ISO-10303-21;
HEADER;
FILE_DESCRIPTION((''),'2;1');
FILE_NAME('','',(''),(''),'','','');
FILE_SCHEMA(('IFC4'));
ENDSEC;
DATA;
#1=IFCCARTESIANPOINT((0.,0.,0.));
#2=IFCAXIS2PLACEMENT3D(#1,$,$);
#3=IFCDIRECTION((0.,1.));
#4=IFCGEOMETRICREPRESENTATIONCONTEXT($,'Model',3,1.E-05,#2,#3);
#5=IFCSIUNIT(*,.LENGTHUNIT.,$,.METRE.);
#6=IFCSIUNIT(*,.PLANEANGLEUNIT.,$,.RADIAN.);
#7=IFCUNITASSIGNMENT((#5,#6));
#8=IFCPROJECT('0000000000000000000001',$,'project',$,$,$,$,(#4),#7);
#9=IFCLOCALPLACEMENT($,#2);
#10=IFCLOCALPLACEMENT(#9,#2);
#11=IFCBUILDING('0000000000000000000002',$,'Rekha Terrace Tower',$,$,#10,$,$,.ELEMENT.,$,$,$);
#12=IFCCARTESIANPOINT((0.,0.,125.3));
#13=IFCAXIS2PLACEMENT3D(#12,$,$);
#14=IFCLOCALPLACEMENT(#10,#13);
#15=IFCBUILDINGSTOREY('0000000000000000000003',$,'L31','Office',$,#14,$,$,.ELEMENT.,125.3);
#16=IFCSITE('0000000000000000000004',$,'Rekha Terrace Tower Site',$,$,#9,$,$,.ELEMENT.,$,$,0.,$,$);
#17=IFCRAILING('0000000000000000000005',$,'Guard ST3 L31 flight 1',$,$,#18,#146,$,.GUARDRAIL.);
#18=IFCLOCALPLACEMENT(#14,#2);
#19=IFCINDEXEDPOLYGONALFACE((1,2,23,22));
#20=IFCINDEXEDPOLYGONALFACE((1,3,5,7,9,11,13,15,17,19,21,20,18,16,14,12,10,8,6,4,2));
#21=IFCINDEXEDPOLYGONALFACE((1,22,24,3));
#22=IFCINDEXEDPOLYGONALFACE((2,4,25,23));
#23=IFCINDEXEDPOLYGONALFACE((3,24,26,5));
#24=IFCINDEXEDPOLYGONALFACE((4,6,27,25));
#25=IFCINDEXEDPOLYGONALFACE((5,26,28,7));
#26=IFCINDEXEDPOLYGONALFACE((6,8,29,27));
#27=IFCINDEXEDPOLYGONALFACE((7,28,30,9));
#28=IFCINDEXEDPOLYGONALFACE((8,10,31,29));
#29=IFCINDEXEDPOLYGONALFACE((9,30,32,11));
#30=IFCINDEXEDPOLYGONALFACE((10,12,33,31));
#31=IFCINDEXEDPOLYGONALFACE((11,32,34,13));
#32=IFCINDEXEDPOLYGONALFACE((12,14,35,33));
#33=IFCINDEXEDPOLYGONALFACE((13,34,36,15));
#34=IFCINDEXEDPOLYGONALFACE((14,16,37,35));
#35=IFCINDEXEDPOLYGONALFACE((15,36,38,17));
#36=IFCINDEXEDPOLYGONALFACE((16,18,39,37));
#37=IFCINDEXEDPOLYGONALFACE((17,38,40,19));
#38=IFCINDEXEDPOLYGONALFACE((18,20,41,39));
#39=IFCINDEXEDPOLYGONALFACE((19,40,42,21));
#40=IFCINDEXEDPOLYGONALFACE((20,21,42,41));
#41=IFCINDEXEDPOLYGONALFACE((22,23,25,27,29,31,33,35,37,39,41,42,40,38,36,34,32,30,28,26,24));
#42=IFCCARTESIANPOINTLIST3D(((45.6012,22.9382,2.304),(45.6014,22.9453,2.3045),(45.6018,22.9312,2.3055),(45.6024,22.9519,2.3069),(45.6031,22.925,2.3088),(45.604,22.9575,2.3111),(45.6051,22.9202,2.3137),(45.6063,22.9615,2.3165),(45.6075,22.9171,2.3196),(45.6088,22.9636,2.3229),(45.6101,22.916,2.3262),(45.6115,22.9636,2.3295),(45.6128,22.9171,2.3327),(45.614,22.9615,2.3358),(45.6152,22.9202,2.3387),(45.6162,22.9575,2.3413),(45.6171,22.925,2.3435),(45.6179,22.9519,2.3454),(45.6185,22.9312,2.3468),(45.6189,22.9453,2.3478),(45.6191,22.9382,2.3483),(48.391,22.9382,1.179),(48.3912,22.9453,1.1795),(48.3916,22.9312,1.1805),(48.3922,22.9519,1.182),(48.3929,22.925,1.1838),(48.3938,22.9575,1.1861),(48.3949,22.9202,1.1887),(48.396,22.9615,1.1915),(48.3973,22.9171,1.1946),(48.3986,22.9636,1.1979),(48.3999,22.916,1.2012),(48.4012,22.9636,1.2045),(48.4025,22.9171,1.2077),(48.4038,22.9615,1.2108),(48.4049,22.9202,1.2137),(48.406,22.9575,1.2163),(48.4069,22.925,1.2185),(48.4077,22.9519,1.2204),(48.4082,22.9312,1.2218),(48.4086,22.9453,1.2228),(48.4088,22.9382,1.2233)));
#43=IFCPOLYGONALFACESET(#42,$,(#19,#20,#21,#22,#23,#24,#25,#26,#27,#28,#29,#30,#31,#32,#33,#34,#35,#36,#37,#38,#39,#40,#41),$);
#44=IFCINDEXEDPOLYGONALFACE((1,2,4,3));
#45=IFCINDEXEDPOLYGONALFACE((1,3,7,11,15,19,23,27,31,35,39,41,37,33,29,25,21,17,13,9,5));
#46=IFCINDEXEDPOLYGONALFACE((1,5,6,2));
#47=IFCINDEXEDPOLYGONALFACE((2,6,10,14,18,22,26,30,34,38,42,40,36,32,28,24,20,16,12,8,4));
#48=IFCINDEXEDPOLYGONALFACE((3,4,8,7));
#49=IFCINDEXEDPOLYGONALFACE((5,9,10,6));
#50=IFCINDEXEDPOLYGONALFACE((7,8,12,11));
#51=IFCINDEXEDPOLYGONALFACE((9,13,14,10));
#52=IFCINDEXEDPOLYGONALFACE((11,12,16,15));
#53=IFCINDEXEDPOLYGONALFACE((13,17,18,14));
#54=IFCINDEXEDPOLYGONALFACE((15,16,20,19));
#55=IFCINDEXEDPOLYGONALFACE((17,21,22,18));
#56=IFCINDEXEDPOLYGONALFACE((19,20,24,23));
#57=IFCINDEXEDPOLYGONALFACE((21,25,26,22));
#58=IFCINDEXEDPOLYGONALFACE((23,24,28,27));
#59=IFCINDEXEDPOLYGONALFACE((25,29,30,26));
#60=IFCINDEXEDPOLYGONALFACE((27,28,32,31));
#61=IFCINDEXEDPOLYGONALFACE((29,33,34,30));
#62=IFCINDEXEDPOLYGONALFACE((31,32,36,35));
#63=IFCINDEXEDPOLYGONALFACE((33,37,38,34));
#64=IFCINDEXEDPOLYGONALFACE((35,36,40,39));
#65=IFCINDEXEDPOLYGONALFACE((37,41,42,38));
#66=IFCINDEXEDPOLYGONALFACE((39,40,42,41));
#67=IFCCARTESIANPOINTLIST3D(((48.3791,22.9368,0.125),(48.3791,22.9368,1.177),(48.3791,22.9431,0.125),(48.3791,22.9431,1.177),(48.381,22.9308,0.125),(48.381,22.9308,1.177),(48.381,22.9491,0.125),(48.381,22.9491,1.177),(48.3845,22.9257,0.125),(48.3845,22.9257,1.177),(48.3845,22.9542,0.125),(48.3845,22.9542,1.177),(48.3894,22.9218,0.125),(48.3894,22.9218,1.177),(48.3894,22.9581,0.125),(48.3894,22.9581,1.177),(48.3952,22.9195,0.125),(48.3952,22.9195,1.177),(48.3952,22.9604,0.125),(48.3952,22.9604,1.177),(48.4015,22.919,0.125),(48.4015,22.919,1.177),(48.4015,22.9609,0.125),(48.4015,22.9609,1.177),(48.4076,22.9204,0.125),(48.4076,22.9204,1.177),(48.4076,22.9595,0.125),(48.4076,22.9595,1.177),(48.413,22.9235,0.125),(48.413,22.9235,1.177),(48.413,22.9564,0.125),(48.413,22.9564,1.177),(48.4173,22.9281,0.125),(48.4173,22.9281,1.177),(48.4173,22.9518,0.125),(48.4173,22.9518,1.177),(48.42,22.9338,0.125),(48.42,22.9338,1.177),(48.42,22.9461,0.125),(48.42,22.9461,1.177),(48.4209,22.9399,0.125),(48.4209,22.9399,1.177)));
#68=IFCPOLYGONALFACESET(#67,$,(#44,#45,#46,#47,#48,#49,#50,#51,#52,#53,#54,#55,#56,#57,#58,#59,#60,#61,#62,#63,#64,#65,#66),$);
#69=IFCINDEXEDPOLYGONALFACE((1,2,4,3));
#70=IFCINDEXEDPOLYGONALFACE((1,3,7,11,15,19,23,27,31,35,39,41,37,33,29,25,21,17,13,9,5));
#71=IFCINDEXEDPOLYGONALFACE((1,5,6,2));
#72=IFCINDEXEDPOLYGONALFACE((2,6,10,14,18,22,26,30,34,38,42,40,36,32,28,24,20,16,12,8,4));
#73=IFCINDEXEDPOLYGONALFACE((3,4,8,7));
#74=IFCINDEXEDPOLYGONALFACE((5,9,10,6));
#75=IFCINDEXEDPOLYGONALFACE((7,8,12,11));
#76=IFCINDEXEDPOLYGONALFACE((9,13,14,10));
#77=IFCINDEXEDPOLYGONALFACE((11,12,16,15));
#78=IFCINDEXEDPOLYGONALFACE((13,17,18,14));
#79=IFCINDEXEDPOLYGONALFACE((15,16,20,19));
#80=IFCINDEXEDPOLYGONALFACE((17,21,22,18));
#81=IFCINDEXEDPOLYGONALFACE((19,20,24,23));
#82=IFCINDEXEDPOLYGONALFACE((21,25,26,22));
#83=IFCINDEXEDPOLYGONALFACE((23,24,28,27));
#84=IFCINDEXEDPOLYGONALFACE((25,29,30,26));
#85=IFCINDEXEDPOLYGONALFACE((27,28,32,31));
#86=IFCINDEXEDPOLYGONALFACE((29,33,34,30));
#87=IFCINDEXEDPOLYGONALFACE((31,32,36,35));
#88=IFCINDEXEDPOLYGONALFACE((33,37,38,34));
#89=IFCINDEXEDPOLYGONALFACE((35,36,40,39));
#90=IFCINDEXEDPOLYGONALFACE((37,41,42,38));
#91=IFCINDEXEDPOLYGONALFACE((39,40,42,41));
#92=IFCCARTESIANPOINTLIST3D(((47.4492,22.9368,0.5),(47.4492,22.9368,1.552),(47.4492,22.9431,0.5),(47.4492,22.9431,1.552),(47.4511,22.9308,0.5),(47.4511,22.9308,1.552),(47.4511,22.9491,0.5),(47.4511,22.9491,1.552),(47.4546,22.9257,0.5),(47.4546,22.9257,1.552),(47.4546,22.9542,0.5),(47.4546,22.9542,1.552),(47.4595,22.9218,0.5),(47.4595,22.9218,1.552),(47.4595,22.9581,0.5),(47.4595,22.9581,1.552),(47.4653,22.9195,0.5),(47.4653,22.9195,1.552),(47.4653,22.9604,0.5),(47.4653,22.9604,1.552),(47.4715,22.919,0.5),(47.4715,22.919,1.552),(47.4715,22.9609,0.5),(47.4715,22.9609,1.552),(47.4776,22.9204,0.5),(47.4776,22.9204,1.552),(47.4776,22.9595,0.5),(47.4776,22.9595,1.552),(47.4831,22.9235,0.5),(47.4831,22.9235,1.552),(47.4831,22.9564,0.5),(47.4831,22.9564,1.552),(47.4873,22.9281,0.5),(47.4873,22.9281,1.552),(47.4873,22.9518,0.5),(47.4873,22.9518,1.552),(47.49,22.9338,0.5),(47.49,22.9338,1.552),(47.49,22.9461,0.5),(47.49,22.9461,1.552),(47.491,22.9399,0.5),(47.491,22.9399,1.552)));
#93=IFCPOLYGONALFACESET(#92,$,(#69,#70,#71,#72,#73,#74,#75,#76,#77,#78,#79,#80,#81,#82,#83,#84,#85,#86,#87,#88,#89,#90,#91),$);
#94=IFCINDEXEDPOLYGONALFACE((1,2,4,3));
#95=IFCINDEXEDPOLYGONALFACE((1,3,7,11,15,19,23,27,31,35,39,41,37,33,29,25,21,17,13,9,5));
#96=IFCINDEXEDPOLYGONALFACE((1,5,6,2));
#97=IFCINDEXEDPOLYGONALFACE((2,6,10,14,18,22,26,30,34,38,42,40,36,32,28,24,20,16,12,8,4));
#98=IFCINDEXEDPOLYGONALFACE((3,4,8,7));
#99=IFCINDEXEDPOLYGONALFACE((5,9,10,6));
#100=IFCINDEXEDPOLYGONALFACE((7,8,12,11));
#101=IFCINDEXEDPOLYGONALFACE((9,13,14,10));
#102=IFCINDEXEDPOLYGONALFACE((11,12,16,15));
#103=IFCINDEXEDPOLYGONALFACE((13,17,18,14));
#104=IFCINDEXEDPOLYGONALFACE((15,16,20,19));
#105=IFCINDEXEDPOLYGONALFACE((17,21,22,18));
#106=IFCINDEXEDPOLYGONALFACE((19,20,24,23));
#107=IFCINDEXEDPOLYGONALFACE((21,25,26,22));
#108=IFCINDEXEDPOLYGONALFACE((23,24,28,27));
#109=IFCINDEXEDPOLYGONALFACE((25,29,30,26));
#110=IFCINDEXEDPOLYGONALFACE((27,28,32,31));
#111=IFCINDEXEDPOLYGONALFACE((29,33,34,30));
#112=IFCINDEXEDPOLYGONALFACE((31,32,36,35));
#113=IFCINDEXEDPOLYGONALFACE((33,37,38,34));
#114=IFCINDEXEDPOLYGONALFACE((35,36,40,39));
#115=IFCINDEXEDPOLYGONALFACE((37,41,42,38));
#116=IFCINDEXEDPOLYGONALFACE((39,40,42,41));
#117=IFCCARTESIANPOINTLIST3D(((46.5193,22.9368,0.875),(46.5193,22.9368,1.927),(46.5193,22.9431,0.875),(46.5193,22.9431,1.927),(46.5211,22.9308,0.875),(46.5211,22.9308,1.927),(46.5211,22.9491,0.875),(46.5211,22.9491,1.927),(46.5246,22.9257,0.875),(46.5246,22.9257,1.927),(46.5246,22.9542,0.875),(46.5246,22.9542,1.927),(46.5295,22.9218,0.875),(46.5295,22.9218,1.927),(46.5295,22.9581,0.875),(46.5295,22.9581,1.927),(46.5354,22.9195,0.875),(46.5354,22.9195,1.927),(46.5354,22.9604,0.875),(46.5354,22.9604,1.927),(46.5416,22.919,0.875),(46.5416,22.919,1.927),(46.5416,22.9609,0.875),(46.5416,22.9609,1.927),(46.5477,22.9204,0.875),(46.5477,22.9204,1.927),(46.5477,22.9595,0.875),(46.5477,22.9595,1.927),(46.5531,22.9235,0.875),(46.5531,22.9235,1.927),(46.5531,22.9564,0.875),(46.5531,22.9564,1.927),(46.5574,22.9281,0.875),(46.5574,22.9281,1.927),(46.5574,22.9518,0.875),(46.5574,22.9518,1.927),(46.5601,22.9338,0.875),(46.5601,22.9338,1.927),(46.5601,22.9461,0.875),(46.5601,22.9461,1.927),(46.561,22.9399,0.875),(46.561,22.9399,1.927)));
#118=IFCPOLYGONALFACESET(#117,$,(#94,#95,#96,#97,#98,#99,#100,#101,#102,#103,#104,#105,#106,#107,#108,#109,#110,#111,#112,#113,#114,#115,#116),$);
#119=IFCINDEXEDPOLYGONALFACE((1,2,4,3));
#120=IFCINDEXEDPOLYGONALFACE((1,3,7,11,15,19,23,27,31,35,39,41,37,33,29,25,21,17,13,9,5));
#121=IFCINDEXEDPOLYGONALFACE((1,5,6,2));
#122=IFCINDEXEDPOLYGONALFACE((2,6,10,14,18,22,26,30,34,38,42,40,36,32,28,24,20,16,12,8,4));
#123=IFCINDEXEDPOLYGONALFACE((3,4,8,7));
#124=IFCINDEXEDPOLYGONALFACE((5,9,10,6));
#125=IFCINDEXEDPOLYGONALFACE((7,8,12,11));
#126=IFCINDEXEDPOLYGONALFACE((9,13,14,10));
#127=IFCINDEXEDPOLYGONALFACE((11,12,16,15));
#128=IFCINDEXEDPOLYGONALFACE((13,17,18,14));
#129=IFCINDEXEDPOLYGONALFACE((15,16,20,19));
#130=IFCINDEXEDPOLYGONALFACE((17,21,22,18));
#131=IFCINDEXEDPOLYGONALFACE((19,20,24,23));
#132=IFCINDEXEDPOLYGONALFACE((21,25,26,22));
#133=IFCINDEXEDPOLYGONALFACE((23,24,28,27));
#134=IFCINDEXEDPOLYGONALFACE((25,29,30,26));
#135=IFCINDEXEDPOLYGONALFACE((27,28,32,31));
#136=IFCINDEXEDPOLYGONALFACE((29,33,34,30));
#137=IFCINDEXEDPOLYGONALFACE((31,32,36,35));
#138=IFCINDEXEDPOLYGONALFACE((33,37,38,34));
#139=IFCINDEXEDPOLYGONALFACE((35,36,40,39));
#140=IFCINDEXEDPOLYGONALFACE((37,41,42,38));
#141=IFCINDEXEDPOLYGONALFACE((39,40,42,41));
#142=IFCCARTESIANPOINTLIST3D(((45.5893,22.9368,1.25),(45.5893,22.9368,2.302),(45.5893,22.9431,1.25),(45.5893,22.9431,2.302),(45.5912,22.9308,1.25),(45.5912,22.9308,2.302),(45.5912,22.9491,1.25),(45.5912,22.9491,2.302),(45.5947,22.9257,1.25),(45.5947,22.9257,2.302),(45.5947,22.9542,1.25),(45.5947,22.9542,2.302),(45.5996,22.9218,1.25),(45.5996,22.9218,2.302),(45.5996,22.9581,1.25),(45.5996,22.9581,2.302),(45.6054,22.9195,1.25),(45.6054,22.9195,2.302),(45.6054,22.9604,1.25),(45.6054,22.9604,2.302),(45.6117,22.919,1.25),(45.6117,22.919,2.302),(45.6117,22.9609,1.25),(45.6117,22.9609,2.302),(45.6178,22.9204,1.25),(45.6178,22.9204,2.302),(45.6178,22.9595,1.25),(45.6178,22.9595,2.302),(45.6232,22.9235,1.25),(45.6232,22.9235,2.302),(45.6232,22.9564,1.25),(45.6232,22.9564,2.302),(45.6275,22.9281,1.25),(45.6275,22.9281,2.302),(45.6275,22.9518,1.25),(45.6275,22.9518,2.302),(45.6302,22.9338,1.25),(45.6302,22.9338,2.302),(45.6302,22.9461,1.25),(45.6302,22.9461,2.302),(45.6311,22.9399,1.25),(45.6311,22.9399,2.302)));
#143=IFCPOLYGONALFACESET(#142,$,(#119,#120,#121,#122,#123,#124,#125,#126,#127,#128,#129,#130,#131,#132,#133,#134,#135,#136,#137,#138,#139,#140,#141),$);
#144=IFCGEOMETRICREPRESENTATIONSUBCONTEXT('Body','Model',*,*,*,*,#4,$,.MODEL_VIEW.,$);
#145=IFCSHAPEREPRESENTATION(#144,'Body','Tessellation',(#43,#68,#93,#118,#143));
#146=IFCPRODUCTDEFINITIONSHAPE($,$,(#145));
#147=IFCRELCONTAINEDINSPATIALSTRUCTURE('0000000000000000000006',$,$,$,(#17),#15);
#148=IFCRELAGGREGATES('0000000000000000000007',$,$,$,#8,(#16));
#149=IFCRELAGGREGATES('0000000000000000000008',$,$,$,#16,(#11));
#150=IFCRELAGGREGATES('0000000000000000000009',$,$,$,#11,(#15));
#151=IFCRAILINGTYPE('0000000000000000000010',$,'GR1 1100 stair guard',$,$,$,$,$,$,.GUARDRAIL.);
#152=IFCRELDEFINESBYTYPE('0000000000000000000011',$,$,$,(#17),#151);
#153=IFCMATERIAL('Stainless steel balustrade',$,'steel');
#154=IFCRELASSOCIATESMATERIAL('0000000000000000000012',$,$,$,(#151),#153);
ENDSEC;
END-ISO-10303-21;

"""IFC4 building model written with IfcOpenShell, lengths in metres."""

from ifc_helpers import new_model, si_unit, direction, frame, origin, origin_2d, place, context, subcontext, project, spatial, circle, extrude, material, type_object, element, save


model = new_model("IFC4")

# Units and contexts
model_context = context("Model", 3, precision=1e-05, world=origin(), true_north=direction((0.0, 1.0)))
body_context = subcontext(model_context, "Body", "Model", "MODEL_VIEW")
ifc_project = project(units=[si_unit("LENGTHUNIT", "METRE"), si_unit("PLANEANGLEUNIT", "RADIAN")], contexts=[model_context])

# Site, building, storey
site_placement = place(None, origin())
site = spatial("IfcSite", under=ifc_project, at=site_placement, Name="Rekha Terrace Tower Site", CompositionType="ELEMENT", RefElevation=0.0)
building_placement = place(site_placement, origin())
building = spatial("IfcBuilding", under=site, at=building_placement, Name="Rekha Terrace Tower", CompositionType="ELEMENT")
storey_placement = place(building_placement, frame((0.0, 0.0, 125.3)))
storey = spatial("IfcBuildingStorey", under=building, at=storey_placement, Name="L31", Description="Office", CompositionType="ELEMENT", Elevation=125.3)

# Railing
ifc_material_1 = material(Name="Stainless steel balustrade", Category="steel")
railing_type_1 = type_object("IfcRailingType", Name="GR1 1100 stair guard", PredefinedType="GUARDRAIL", material=ifc_material_1)
railing_1_placement = place(storey_placement, frame((48.3999, 22.9399, 0.125)))
element("IfcRailing", 1, at=railing_1_placement, inside=storey, type_object=railing_type_1, Name="Guard ST3 L31 flight 1", PredefinedType="GUARDRAIL", context=body_context, shape_type="SweptSolid", body=[
    extrude(circle(Radius=0.0239, at=origin_2d()), frame((0.0, 0.0, 1.0762), z_axis=(-0.927432, 0.0, 0.373992), x_axis=(0.0, -1.0, 0.0)), (0.0, 0.0, 1.0), 3.0081),
    extrude(circle(Radius=0.021, at=origin_2d()), origin(), (0.0, 0.0, 1.0), 1.052),
    extrude(circle(Radius=0.021, at=origin_2d()), frame((-0.9299, 0.0, 0.375)), (0.0, 0.0, 1.0), 1.052),
    extrude(circle(Radius=0.021, at=origin_2d()), frame((-1.8599, 0.0, 0.75)), (0.0, 0.0, 1.0), 1.052),
    extrude(circle(Radius=0.021, at=origin_2d()), frame((-2.7898, 0.0, 1.125)), (0.0, 0.0, 1.0), 1.052),
])

save(model, "model.ifc")
